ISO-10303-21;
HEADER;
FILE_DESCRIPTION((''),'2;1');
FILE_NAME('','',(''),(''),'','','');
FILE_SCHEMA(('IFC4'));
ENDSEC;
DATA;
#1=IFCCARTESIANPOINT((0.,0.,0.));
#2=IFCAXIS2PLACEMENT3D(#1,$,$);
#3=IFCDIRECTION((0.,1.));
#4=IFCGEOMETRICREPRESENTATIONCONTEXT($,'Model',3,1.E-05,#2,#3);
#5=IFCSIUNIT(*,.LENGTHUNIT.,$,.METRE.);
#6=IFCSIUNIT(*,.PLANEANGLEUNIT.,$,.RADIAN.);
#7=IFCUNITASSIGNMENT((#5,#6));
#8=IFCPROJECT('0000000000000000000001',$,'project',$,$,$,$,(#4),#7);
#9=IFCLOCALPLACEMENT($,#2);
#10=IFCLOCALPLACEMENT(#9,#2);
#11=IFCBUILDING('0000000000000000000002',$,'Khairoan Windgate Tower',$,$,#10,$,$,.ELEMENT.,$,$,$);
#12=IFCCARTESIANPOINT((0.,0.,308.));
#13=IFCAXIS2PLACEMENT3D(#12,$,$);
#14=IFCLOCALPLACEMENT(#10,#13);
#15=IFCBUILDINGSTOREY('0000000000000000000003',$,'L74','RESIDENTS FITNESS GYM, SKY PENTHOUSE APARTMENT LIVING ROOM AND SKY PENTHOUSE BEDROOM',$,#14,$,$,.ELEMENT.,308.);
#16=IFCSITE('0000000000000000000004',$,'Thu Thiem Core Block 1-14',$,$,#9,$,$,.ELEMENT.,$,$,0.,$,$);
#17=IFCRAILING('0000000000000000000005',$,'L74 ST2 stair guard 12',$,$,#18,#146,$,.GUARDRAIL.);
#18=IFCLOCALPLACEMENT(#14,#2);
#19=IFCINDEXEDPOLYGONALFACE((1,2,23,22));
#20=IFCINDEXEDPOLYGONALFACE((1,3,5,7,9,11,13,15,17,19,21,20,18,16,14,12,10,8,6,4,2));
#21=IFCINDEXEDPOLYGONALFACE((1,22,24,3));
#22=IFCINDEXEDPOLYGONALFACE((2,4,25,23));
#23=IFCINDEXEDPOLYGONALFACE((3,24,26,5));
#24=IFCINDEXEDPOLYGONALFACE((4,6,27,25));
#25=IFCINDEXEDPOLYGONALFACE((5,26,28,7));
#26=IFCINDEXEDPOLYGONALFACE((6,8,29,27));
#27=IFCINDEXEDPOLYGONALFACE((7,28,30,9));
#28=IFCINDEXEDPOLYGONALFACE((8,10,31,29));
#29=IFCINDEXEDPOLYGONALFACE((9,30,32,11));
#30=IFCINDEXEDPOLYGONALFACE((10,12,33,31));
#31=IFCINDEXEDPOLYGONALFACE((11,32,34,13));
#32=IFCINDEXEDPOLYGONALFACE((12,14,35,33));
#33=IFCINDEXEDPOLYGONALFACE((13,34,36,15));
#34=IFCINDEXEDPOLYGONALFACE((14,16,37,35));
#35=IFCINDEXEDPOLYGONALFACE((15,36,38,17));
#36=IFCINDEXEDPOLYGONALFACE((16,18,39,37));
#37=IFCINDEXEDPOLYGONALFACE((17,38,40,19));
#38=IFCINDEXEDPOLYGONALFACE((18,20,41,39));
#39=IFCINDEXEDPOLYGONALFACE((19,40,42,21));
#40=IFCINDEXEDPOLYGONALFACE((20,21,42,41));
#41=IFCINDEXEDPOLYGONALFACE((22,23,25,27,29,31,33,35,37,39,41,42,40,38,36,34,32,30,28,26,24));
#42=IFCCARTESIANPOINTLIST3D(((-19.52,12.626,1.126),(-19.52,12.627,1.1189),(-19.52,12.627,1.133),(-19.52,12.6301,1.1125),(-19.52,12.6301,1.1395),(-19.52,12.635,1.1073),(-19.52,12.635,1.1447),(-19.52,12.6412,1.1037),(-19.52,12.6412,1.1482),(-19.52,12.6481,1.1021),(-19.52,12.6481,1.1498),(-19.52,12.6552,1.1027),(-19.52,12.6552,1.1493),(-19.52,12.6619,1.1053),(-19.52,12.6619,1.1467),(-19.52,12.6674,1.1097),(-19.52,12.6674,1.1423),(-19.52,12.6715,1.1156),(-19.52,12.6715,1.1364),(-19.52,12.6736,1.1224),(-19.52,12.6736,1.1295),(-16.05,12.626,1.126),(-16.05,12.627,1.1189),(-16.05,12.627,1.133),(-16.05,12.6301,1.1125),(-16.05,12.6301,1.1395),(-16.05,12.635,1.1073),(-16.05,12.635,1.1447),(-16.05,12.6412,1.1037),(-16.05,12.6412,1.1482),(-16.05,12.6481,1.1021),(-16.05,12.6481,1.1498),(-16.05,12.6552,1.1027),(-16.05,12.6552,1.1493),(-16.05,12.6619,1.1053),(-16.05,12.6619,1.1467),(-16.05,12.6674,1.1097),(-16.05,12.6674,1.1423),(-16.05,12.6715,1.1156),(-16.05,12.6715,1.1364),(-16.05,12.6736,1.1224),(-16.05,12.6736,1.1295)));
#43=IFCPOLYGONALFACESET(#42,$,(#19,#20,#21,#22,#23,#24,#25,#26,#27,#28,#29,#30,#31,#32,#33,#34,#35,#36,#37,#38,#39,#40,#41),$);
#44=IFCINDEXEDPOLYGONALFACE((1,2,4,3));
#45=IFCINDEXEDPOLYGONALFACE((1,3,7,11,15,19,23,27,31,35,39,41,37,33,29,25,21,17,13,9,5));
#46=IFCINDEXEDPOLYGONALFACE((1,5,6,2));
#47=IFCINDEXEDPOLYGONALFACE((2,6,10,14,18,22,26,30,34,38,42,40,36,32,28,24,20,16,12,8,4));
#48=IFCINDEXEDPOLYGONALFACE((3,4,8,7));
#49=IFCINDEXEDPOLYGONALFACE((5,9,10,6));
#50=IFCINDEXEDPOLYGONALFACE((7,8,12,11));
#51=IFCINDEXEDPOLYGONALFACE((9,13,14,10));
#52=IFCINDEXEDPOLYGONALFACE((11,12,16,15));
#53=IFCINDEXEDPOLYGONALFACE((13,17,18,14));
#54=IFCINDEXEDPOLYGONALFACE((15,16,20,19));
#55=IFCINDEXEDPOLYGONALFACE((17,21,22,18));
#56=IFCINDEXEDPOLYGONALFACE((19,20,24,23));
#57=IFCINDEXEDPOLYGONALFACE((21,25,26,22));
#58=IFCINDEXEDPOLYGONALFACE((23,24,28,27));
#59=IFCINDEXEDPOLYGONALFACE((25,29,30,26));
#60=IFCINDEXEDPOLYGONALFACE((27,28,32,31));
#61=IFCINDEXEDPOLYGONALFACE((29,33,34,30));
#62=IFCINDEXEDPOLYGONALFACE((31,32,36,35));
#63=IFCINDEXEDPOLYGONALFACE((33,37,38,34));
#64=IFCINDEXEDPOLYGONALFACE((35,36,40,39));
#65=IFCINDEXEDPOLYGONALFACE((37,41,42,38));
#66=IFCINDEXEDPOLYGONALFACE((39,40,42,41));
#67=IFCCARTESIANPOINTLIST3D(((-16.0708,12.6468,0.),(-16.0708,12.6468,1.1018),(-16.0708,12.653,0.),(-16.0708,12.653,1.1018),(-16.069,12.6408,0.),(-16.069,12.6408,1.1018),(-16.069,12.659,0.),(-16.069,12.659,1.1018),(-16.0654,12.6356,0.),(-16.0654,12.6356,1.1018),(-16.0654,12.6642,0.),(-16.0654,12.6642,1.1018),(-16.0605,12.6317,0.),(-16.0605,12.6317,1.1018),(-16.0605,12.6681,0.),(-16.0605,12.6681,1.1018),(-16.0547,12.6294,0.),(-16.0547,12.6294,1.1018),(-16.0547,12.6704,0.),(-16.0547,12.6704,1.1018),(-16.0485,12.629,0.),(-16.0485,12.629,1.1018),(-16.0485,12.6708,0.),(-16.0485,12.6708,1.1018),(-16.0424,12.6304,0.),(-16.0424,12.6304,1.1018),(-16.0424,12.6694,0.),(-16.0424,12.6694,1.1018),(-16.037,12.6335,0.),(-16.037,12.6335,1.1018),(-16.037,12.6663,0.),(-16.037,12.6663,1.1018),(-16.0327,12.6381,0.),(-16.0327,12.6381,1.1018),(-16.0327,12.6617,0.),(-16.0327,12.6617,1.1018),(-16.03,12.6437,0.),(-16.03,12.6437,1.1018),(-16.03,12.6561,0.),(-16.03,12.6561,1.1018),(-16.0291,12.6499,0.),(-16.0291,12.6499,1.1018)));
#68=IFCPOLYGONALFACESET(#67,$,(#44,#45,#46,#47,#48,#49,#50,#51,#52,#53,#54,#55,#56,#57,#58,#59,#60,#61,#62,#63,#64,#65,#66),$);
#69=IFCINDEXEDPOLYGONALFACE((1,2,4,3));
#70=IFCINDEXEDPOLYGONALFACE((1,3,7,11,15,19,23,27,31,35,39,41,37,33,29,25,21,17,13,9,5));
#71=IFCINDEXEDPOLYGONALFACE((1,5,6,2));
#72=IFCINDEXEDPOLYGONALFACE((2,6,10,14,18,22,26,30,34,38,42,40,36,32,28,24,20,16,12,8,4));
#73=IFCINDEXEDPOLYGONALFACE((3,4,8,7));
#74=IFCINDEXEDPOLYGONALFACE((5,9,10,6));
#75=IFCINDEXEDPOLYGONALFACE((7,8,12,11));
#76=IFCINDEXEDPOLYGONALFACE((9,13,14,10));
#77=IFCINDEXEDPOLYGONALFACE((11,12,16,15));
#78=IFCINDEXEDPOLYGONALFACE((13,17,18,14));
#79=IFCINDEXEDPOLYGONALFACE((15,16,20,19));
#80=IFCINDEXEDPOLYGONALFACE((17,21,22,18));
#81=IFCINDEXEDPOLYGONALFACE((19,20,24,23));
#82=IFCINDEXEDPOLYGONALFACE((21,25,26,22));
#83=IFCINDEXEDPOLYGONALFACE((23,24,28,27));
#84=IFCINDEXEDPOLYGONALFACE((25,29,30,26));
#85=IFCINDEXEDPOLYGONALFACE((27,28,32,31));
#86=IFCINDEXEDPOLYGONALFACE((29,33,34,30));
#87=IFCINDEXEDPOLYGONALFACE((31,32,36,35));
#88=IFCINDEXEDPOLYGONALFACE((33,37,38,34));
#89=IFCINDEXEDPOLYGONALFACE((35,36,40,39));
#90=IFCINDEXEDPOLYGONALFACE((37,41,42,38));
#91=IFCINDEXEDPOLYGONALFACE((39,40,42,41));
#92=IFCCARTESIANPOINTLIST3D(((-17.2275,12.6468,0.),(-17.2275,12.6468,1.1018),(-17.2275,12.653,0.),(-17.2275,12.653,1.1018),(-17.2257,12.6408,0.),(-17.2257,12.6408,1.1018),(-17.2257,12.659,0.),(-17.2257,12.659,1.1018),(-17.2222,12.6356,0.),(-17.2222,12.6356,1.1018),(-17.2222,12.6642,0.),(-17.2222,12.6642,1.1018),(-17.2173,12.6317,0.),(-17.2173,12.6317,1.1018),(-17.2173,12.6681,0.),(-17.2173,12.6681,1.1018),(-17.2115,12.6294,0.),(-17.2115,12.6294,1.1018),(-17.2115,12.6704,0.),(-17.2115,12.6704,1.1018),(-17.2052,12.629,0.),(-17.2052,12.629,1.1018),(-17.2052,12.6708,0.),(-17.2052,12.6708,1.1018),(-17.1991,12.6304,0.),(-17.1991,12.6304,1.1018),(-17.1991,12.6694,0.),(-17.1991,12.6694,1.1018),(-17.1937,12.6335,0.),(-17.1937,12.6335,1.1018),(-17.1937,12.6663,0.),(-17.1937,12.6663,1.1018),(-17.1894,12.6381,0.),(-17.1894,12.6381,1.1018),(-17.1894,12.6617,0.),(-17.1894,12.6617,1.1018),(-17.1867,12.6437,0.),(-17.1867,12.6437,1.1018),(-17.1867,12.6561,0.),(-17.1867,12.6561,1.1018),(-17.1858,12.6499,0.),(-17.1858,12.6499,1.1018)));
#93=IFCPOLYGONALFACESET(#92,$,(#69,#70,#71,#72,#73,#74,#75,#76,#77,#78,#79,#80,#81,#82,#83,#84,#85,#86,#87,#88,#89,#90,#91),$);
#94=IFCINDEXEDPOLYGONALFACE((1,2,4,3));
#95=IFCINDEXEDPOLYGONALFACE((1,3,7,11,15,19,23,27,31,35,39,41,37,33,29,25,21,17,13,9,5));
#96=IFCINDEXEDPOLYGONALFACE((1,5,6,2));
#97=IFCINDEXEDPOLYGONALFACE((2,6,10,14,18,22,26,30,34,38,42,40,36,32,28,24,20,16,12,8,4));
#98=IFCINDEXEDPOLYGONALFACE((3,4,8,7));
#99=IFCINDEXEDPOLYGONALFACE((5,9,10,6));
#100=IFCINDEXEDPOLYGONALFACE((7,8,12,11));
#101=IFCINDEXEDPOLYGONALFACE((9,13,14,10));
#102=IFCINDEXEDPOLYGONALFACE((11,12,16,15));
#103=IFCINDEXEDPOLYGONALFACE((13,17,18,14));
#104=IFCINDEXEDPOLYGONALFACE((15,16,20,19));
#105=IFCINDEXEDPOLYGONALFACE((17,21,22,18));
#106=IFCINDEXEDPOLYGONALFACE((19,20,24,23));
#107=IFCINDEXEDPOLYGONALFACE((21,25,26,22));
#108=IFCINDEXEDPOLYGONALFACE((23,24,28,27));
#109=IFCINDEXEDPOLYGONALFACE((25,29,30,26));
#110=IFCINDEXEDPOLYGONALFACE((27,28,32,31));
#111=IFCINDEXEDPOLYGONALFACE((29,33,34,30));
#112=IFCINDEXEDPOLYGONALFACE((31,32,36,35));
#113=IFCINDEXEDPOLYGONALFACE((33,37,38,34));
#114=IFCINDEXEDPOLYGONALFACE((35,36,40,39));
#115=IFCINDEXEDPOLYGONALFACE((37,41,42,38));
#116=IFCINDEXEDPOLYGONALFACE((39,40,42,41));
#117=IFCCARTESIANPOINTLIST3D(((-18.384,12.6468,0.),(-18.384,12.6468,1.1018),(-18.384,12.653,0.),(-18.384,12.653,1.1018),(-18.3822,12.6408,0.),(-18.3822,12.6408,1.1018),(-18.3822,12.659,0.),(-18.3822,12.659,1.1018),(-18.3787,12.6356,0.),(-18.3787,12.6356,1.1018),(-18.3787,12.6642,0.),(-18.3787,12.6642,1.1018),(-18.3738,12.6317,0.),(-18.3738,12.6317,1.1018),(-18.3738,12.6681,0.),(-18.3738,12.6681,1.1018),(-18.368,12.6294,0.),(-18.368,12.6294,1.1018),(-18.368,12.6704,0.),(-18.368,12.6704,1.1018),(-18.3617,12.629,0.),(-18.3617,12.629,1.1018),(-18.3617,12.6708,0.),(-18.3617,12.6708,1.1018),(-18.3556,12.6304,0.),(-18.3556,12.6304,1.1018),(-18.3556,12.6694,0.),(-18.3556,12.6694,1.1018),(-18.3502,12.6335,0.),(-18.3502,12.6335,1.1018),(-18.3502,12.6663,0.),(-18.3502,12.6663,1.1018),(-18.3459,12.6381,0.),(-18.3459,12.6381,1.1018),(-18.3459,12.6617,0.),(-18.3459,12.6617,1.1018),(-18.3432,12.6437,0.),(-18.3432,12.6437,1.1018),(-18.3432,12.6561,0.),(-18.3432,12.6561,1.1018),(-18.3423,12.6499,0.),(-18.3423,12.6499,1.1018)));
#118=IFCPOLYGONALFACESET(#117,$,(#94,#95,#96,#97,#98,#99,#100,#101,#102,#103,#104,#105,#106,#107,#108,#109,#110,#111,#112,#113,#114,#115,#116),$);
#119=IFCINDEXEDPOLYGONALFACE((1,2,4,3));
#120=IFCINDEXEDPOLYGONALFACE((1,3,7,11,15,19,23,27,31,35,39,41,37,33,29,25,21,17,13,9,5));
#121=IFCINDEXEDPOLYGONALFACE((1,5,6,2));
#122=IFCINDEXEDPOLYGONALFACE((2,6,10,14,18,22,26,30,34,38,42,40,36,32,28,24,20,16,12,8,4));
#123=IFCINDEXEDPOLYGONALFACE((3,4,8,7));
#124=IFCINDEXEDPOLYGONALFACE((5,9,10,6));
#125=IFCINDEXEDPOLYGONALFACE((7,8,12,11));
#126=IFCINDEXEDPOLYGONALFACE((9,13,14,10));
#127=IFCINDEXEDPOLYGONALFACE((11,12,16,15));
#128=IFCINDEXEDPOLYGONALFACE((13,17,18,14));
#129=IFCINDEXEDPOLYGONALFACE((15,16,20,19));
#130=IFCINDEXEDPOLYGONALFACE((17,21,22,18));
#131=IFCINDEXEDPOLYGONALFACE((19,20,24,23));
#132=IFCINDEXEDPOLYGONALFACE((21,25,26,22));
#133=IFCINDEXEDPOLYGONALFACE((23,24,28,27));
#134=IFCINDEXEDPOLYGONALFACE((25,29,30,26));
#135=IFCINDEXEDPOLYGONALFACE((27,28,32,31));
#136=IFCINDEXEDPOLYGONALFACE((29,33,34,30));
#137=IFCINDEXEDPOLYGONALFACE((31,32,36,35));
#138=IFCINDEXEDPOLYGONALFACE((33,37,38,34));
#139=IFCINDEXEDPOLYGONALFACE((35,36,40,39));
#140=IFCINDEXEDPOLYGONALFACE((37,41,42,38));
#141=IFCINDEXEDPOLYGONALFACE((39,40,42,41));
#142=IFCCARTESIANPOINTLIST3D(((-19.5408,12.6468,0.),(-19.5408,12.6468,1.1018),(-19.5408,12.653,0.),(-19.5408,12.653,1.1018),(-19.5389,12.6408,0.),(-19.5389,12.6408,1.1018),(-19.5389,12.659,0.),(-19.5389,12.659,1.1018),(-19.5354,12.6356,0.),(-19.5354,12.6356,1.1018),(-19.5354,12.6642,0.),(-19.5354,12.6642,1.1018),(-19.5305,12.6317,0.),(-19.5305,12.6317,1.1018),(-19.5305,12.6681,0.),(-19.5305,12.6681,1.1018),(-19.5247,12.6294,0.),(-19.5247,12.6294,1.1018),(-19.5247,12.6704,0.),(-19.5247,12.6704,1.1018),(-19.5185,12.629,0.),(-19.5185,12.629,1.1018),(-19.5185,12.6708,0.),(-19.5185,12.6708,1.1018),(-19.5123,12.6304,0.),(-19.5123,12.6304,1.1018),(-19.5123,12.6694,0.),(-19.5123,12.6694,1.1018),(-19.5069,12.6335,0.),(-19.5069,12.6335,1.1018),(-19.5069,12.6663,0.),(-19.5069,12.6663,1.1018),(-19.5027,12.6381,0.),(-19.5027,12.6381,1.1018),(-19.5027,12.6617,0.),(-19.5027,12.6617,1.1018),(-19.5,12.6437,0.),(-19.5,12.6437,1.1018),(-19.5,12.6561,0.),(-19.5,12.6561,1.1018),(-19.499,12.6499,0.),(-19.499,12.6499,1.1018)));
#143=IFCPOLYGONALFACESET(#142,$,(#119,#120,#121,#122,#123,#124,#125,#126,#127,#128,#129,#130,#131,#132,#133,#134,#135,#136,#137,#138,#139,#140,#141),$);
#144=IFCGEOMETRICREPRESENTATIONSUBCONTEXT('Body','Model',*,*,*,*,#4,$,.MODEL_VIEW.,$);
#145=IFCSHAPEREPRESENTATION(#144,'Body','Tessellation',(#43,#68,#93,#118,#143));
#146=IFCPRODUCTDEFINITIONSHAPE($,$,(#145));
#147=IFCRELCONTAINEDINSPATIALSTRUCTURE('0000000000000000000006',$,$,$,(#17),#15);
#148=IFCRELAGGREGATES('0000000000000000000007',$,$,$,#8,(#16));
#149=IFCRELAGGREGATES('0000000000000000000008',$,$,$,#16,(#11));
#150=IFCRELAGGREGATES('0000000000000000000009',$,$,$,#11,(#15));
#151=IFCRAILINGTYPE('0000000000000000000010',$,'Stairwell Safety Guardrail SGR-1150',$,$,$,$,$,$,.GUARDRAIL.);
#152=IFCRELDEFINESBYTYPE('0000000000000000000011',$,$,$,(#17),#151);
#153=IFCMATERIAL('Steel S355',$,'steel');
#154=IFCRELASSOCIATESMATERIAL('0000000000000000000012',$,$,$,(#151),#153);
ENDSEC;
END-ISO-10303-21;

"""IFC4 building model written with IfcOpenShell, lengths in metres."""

from ifc_helpers import new_model, si_unit, direction, frame, origin, origin_2d, place, context, subcontext, project, spatial, circle, extrude, material, type_object, element, save


model = new_model("IFC4")

# Units and contexts
model_context = context("Model", 3, precision=1e-05, world=origin(), true_north=direction((0.0, 1.0)))
body_context = subcontext(model_context, "Body", "Model", "MODEL_VIEW")
ifc_project = project(units=[si_unit("LENGTHUNIT", "METRE"), si_unit("PLANEANGLEUNIT", "RADIAN")], contexts=[model_context])

# Site, building, storey
site_placement = place(None, origin())
site = spatial("IfcSite", under=ifc_project, at=site_placement, Name="Thu Thiem Core Block 1-14", CompositionType="ELEMENT", RefElevation=0.0)
building_placement = place(site_placement, origin())
building = spatial("IfcBuilding", under=site, at=building_placement, Name="Khairoan Windgate Tower", CompositionType="ELEMENT")
storey_placement = place(building_placement, frame((0.0, 0.0, 308.0)))
storey = spatial("IfcBuildingStorey", under=building, at=storey_placement, Name="L74", Description="RESIDENTS FITNESS GYM, SKY PENTHOUSE APARTMENT LIVING ROOM AND SKY PENTHOUSE BEDROOM", CompositionType="ELEMENT", Elevation=308.0)

# Railing
ifc_material_1 = material(Name="Steel S355", Category="steel")
railing_type = type_object("IfcRailingType", Name="Stairwell Safety Guardrail SGR-1150", PredefinedType="GUARDRAIL", material=ifc_material_1)
railing_1_placement = place(storey_placement, frame((-16.05, 12.6499, 0.0)))
element("IfcRailing", 1, at=railing_1_placement, inside=storey, type_object=railing_type, Name="L74 ST2 stair guard 12", PredefinedType="GUARDRAIL", context=body_context, shape_type="SweptSolid", body=[
    extrude(circle(Radius=0.0239, at=origin_2d()), frame((0.0, 0.0, 1.126), z_axis=(-1.0, 0.0, 0.0), x_axis=(0.0, -1.0, 0.0)), (0.0, 0.0, 1.0), 3.47),
    extrude(circle(Radius=0.021, at=origin_2d()), origin(), (0.0, 0.0, 1.0), 1.1018),
    extrude(circle(Radius=0.021, at=origin_2d()), frame((-1.1567, 0.0, 0.0)), (0.0, 0.0, 1.0), 1.1018),
    extrude(circle(Radius=0.021, at=origin_2d()), frame((-2.3132, 0.0, 0.0)), (0.0, 0.0, 1.0), 1.1018),
    extrude(circle(Radius=0.021, at=origin_2d()), frame((-3.47, 0.0, 0.0)), (0.0, 0.0, 1.0), 1.1018),
])

save(model, "model.ifc")
